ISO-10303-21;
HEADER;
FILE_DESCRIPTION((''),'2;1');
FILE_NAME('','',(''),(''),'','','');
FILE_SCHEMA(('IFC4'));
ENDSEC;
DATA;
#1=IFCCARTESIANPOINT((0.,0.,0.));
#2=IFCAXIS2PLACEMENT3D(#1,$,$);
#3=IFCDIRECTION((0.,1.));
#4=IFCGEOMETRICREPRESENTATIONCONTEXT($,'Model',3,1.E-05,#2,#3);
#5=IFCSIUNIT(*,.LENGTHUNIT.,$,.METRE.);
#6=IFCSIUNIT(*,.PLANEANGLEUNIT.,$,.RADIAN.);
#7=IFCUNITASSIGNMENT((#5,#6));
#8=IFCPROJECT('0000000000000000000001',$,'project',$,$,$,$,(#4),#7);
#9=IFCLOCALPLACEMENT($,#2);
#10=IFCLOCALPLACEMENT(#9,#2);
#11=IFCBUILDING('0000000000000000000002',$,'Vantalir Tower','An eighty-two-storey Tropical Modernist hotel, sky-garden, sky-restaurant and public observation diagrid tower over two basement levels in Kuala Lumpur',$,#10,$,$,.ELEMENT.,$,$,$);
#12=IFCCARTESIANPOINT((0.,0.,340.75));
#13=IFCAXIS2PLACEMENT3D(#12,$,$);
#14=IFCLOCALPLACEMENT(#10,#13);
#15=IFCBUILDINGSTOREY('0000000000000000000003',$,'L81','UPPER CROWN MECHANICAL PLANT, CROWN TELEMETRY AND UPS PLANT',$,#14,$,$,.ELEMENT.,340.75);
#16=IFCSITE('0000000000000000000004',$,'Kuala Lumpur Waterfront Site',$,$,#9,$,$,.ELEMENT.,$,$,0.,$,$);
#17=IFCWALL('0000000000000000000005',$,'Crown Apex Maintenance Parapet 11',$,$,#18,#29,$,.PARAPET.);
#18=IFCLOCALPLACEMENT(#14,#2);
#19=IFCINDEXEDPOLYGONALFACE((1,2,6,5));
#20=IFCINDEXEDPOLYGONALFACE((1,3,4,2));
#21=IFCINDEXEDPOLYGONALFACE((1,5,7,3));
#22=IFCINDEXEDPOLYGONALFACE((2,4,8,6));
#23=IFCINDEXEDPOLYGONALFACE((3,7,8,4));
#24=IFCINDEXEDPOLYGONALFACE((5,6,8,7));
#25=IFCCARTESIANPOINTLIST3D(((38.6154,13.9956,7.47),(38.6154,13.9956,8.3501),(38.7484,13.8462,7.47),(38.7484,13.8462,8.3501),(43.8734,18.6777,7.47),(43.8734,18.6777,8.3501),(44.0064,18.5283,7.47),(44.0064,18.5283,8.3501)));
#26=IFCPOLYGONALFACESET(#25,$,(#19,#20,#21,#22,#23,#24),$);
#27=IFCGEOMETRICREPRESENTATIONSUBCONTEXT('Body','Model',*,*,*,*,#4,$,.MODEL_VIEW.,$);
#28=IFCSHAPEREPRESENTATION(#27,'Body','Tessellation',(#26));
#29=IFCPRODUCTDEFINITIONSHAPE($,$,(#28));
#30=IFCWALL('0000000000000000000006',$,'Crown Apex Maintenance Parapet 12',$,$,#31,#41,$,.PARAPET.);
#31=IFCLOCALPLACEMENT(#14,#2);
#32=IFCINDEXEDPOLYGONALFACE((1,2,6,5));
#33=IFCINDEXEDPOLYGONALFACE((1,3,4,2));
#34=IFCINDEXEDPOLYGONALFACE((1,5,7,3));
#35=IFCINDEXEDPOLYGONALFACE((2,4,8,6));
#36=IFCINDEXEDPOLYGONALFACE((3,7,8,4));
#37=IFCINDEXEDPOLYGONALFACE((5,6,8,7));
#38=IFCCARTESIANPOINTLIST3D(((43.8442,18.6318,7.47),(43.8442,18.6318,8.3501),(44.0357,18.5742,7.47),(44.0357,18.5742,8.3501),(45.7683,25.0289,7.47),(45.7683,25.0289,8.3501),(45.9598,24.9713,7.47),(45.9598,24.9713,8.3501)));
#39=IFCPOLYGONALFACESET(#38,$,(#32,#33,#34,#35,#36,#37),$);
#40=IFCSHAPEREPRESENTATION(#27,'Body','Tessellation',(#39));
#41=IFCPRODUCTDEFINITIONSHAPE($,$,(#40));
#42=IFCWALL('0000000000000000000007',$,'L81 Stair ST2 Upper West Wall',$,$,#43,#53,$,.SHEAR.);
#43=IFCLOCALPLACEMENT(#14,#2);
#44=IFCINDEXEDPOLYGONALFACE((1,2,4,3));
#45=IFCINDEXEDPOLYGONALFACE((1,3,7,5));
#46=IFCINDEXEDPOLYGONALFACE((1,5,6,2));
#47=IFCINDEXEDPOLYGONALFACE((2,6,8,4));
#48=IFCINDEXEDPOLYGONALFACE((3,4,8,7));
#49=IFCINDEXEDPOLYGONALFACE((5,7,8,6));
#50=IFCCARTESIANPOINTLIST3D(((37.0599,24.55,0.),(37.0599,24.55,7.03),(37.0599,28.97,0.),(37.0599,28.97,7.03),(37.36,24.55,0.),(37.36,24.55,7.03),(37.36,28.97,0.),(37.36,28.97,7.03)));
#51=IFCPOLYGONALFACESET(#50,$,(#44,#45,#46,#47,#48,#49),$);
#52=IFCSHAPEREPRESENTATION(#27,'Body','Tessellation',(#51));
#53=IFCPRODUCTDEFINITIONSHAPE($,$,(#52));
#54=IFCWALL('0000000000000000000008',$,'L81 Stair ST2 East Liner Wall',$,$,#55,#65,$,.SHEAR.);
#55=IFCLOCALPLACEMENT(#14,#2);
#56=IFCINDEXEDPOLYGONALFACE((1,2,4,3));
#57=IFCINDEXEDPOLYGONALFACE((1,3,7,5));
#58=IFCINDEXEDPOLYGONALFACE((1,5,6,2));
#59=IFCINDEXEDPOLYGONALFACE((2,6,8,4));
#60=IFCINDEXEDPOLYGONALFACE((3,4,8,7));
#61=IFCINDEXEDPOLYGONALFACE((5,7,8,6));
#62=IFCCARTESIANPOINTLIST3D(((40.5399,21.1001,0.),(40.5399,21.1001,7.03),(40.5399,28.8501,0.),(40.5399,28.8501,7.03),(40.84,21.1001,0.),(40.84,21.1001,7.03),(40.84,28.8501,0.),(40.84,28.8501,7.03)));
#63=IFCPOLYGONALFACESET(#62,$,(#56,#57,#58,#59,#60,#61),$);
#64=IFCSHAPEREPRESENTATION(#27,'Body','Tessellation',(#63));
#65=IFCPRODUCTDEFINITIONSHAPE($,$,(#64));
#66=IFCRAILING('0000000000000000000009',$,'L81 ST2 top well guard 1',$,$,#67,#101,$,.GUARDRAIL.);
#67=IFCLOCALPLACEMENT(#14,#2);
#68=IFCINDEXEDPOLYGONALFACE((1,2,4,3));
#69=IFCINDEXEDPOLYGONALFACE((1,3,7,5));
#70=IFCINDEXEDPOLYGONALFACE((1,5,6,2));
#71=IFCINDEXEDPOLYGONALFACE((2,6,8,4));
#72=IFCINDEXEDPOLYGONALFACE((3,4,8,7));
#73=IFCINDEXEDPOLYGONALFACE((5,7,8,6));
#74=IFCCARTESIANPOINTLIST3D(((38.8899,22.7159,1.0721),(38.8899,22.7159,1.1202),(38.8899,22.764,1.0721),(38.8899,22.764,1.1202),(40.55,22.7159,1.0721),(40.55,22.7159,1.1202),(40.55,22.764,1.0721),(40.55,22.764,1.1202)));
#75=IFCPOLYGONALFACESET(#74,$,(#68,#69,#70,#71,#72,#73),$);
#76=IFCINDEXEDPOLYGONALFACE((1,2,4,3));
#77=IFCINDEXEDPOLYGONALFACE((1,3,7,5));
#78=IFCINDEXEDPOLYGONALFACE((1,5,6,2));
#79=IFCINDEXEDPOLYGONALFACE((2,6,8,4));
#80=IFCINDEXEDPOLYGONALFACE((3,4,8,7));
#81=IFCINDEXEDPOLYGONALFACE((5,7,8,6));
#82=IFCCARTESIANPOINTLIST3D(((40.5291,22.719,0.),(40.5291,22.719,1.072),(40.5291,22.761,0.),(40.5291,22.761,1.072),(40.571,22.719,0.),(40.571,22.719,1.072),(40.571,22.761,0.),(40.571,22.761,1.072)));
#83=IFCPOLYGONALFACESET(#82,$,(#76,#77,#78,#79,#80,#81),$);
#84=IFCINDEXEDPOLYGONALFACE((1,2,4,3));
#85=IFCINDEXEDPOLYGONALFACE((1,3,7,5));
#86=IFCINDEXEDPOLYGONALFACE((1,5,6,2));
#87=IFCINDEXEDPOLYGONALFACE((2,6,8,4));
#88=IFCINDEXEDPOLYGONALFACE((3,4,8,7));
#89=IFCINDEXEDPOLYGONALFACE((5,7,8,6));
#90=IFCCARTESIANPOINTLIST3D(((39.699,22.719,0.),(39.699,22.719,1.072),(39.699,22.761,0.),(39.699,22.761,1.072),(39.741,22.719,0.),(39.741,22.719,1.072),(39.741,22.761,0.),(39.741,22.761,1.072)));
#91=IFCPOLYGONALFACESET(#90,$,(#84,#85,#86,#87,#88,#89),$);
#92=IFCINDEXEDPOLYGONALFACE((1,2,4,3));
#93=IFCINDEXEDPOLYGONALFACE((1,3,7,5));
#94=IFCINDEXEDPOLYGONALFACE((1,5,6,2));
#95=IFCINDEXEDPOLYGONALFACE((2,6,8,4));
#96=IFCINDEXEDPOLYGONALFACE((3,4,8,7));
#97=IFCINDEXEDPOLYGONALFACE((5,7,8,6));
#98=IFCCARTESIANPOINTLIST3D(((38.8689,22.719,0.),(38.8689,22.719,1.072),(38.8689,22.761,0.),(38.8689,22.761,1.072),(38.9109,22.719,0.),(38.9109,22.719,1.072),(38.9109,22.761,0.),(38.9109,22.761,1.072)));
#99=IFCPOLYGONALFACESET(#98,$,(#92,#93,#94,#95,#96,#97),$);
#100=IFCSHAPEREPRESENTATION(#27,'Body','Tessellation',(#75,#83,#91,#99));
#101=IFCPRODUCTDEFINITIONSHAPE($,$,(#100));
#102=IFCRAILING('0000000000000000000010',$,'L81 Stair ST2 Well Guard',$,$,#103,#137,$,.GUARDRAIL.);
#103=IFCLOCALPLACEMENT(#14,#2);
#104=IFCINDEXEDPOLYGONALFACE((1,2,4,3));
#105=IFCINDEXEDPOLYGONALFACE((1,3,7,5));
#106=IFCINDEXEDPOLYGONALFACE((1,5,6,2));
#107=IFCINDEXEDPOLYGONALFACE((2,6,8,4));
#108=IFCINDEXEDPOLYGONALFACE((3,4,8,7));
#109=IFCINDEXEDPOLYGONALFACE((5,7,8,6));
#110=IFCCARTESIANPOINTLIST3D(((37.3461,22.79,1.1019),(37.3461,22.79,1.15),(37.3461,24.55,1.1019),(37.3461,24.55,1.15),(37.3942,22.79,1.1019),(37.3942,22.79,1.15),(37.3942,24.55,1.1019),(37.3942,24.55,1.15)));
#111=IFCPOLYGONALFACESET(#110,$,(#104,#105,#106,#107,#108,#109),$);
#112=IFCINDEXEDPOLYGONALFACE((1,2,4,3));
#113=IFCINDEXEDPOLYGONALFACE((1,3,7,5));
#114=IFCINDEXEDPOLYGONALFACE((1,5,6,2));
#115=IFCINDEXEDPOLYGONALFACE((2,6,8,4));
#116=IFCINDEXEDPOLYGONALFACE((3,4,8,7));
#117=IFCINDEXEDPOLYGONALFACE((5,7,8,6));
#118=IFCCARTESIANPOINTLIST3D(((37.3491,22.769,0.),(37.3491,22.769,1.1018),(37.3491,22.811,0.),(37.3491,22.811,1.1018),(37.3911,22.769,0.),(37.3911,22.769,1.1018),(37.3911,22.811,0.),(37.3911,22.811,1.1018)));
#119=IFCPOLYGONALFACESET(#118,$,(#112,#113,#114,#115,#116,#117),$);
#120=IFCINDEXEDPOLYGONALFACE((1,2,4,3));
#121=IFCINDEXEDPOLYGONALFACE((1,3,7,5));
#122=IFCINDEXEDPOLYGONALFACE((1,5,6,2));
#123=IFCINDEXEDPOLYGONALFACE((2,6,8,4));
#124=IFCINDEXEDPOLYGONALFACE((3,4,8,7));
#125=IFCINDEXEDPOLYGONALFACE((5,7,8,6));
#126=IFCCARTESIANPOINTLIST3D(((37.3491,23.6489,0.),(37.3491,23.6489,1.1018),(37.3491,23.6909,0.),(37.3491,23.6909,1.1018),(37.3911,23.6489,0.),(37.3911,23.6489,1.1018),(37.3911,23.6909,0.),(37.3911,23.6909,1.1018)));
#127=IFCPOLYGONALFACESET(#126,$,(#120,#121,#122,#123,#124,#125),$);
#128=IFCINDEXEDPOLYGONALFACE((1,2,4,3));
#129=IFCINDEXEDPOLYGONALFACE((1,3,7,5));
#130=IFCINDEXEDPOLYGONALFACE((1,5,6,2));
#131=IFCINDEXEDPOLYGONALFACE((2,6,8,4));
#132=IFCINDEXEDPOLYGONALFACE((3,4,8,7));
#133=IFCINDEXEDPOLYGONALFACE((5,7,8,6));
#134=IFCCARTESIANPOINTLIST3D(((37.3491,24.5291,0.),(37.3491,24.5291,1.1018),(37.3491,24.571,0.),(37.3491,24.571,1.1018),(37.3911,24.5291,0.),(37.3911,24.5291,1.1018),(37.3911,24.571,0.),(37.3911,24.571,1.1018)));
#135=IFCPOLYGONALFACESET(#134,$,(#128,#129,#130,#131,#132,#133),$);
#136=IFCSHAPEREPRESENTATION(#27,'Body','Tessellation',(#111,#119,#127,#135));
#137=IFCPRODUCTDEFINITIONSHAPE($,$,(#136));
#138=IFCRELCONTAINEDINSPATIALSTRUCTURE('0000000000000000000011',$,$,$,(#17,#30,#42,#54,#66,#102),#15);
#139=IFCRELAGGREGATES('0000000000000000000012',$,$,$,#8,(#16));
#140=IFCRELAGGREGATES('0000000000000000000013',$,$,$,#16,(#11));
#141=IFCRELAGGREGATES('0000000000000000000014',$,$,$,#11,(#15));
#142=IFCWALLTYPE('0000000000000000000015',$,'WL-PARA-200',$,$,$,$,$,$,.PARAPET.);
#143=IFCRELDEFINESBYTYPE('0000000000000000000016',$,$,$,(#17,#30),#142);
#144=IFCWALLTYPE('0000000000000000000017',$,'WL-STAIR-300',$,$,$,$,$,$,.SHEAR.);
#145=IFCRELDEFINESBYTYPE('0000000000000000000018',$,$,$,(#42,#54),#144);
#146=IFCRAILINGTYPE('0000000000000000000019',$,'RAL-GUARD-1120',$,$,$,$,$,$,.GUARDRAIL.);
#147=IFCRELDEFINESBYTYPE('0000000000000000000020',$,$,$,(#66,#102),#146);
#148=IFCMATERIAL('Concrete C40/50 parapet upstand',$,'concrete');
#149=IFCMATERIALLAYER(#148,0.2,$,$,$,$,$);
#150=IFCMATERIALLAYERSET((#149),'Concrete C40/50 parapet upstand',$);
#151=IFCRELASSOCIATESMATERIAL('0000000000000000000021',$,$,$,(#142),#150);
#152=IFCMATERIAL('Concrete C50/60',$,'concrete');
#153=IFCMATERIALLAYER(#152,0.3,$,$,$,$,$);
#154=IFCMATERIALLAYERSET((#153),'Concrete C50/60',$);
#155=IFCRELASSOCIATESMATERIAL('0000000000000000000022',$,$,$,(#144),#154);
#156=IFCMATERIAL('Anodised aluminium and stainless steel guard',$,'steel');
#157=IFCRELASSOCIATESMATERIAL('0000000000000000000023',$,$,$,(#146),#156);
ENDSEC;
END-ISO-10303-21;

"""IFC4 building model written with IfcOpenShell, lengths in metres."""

from ifc_helpers import new_model, si_unit, direction, frame, frame_2d, origin, origin_2d, place, context, subcontext, project, spatial, rectangle, extrude, material, layer, layer_set, type_object, element, save


model = new_model("IFC4")

# Units and contexts
model_context = context("Model", 3, precision=1e-05, world=origin(), true_north=direction((0.0, 1.0)))
body_context = subcontext(model_context, "Body", "Model", "MODEL_VIEW")
ifc_project = project(units=[si_unit("LENGTHUNIT", "METRE"), si_unit("PLANEANGLEUNIT", "RADIAN")], contexts=[model_context])

# Site, building, storey
site_placement = place(None, origin())
site = spatial("IfcSite", under=ifc_project, at=site_placement, Name="Kuala Lumpur Waterfront Site", CompositionType="ELEMENT", RefElevation=0.0)
building_placement = place(site_placement, origin())
building = spatial("IfcBuilding", under=site, at=building_placement, Name="Vantalir Tower", Description="An eighty-two-storey Tropical Modernist hotel, sky-garden, sky-restaurant and public observation diagrid tower over two basement levels in Kuala Lumpur", CompositionType="ELEMENT")
storey_placement = place(building_placement, frame((0.0, 0.0, 340.75)))
storey = spatial("IfcBuildingStorey", under=building, at=storey_placement, Name="L81", Description="UPPER CROWN MECHANICAL PLANT, CROWN TELEMETRY AND UPS PLANT", CompositionType="ELEMENT", Elevation=340.75)

# Walls
ifc_material_1 = material(Name="Concrete C50/60", Category="concrete")
ifc_material_2 = material(Name="Concrete C40/50 parapet upstand", Category="concrete")
ifc_layer_1 = layer(ifc_material_2, 0.2)
ifc_layer_set_1 = layer_set([ifc_layer_1], Name="Concrete C40/50 parapet upstand")
wall_type_1 = type_object("IfcWallType", Name="WL-PARA-200", PredefinedType="PARAPET", material=ifc_layer_set_1)
wall_1_placement = place(storey_placement, frame((38.6819, 13.9209, 7.47), z_axis=(0.0, 0.0, 1.0), x_axis=(0.746824, 0.665022, 0.0)))
element("IfcWall", 1, at=wall_1_placement, inside=storey, type_object=wall_type_1, Name="Crown Apex Maintenance Parapet 11", PredefinedType="PARAPET", context=body_context, shape_type="SweptSolid", body=[
    extrude(rectangle(XDim=7.0405, YDim=0.2, at=frame_2d((3.5203, 0.0))), origin(), (0.0, 0.0, 1.0), 0.8801),
])
wall_2_placement = place(storey_placement, frame((43.9399, 18.603, 7.47), z_axis=(0.0, 0.0, 1.0), x_axis=(0.288032, 0.957621, 0.0)))
element("IfcWall", 2, at=wall_2_placement, inside=storey, type_object=wall_type_1, Name="Crown Apex Maintenance Parapet 12", PredefinedType="PARAPET", context=body_context, shape_type="SweptSolid", body=[
    extrude(rectangle(XDim=6.6802, YDim=0.2, at=frame_2d((3.3401, 0.0))), origin(), (0.0, 0.0, 1.0), 0.8801),
])
ifc_layer_2 = layer(ifc_material_1, 0.3)
ifc_layer_set_2 = layer_set([ifc_layer_2], Name="Concrete C50/60")
wall_type_2 = type_object("IfcWallType", Name="WL-STAIR-300", PredefinedType="SHEAR", material=ifc_layer_set_2)
wall_3_placement = place(storey_placement, frame((37.21, 24.55, 0.0), z_axis=(0.0, 0.0, 1.0), x_axis=(0.0, 1.0, 0.0)))
element("IfcWall", 3, at=wall_3_placement, inside=storey, type_object=wall_type_2, Name="L81 Stair ST2 Upper West Wall", PredefinedType="SHEAR", context=body_context, shape_type="SweptSolid", body=[
    extrude(rectangle(XDim=4.4199, YDim=0.3, at=frame_2d((2.21, 0.0))), origin(), (0.0, 0.0, 1.0), 7.03),
])
wall_4_placement = place(storey_placement, frame((40.6899, 21.1001, 0.0), z_axis=(0.0, 0.0, 1.0), x_axis=(0.0, 1.0, 0.0)))
element("IfcWall", 4, at=wall_4_placement, inside=storey, type_object=wall_type_2, Name="L81 Stair ST2 East Liner Wall", PredefinedType="SHEAR", context=body_context, shape_type="SweptSolid", body=[
    extrude(rectangle(XDim=7.75, YDim=0.3, at=frame_2d((3.875, 0.0))), origin(), (0.0, 0.0, 1.0), 7.03),
])

# Railings
ifc_material_3 = material(Name="Anodised aluminium and stainless steel guard", Category="steel")
railing_type = type_object("IfcRailingType", Name="RAL-GUARD-1120", PredefinedType="GUARDRAIL", material=ifc_material_3)
railing_1_placement = place(storey_placement, frame((40.55, 22.74, 0.0)))
element("IfcRailing", 5, at=railing_1_placement, inside=storey, type_object=railing_type, Name="L81 ST2 top well guard 1", PredefinedType="GUARDRAIL", context=body_context, shape_type="SweptSolid", body=[
    extrude(rectangle(XDim=0.0481, YDim=0.0481, at=origin_2d()), frame((0.0, 0.0, 1.0962), z_axis=(-1.0, 0.0, 0.0), x_axis=(0.0, -1.0, 0.0)), (0.0, 0.0, 1.0), 1.6602),
    extrude(rectangle(XDim=0.042, YDim=0.042, at=origin_2d()), origin(), (0.0, 0.0, 1.0), 1.072),
    extrude(rectangle(XDim=0.042, YDim=0.042, at=origin_2d()), frame((-0.8301, 0.0, 0.0)), (0.0, 0.0, 1.0), 1.072),
    extrude(rectangle(XDim=0.042, YDim=0.042, at=origin_2d()), frame((-1.6602, 0.0, 0.0)), (0.0, 0.0, 1.0), 1.072),
])
railing_2_placement = place(storey_placement, frame((37.3701, 22.79, 0.0)))
element("IfcRailing", 6, at=railing_2_placement, inside=storey, type_object=railing_type, Name="L81 Stair ST2 Well Guard", PredefinedType="GUARDRAIL", context=body_context, shape_type="SweptSolid", body=[
    extrude(rectangle(XDim=0.0481, YDim=0.0481, at=origin_2d()), frame((0.0, 0.0, 1.126), z_axis=(0.0, 1.0, 0.0), x_axis=(-1.0, 0.0, 0.0)), (0.0, 0.0, 1.0), 1.76),
    extrude(rectangle(XDim=0.042, YDim=0.042, at=origin_2d()), origin(), (0.0, 0.0, 1.0), 1.1018),
    extrude(rectangle(XDim=0.042, YDim=0.042, at=origin_2d()), frame((0.0, 0.8799, 0.0)), (0.0, 0.0, 1.0), 1.1018),
    extrude(rectangle(XDim=0.042, YDim=0.042, at=origin_2d()), frame((0.0, 1.76, 0.0)), (0.0, 0.0, 1.0), 1.1018),
])

save(model, "model.ifc")
